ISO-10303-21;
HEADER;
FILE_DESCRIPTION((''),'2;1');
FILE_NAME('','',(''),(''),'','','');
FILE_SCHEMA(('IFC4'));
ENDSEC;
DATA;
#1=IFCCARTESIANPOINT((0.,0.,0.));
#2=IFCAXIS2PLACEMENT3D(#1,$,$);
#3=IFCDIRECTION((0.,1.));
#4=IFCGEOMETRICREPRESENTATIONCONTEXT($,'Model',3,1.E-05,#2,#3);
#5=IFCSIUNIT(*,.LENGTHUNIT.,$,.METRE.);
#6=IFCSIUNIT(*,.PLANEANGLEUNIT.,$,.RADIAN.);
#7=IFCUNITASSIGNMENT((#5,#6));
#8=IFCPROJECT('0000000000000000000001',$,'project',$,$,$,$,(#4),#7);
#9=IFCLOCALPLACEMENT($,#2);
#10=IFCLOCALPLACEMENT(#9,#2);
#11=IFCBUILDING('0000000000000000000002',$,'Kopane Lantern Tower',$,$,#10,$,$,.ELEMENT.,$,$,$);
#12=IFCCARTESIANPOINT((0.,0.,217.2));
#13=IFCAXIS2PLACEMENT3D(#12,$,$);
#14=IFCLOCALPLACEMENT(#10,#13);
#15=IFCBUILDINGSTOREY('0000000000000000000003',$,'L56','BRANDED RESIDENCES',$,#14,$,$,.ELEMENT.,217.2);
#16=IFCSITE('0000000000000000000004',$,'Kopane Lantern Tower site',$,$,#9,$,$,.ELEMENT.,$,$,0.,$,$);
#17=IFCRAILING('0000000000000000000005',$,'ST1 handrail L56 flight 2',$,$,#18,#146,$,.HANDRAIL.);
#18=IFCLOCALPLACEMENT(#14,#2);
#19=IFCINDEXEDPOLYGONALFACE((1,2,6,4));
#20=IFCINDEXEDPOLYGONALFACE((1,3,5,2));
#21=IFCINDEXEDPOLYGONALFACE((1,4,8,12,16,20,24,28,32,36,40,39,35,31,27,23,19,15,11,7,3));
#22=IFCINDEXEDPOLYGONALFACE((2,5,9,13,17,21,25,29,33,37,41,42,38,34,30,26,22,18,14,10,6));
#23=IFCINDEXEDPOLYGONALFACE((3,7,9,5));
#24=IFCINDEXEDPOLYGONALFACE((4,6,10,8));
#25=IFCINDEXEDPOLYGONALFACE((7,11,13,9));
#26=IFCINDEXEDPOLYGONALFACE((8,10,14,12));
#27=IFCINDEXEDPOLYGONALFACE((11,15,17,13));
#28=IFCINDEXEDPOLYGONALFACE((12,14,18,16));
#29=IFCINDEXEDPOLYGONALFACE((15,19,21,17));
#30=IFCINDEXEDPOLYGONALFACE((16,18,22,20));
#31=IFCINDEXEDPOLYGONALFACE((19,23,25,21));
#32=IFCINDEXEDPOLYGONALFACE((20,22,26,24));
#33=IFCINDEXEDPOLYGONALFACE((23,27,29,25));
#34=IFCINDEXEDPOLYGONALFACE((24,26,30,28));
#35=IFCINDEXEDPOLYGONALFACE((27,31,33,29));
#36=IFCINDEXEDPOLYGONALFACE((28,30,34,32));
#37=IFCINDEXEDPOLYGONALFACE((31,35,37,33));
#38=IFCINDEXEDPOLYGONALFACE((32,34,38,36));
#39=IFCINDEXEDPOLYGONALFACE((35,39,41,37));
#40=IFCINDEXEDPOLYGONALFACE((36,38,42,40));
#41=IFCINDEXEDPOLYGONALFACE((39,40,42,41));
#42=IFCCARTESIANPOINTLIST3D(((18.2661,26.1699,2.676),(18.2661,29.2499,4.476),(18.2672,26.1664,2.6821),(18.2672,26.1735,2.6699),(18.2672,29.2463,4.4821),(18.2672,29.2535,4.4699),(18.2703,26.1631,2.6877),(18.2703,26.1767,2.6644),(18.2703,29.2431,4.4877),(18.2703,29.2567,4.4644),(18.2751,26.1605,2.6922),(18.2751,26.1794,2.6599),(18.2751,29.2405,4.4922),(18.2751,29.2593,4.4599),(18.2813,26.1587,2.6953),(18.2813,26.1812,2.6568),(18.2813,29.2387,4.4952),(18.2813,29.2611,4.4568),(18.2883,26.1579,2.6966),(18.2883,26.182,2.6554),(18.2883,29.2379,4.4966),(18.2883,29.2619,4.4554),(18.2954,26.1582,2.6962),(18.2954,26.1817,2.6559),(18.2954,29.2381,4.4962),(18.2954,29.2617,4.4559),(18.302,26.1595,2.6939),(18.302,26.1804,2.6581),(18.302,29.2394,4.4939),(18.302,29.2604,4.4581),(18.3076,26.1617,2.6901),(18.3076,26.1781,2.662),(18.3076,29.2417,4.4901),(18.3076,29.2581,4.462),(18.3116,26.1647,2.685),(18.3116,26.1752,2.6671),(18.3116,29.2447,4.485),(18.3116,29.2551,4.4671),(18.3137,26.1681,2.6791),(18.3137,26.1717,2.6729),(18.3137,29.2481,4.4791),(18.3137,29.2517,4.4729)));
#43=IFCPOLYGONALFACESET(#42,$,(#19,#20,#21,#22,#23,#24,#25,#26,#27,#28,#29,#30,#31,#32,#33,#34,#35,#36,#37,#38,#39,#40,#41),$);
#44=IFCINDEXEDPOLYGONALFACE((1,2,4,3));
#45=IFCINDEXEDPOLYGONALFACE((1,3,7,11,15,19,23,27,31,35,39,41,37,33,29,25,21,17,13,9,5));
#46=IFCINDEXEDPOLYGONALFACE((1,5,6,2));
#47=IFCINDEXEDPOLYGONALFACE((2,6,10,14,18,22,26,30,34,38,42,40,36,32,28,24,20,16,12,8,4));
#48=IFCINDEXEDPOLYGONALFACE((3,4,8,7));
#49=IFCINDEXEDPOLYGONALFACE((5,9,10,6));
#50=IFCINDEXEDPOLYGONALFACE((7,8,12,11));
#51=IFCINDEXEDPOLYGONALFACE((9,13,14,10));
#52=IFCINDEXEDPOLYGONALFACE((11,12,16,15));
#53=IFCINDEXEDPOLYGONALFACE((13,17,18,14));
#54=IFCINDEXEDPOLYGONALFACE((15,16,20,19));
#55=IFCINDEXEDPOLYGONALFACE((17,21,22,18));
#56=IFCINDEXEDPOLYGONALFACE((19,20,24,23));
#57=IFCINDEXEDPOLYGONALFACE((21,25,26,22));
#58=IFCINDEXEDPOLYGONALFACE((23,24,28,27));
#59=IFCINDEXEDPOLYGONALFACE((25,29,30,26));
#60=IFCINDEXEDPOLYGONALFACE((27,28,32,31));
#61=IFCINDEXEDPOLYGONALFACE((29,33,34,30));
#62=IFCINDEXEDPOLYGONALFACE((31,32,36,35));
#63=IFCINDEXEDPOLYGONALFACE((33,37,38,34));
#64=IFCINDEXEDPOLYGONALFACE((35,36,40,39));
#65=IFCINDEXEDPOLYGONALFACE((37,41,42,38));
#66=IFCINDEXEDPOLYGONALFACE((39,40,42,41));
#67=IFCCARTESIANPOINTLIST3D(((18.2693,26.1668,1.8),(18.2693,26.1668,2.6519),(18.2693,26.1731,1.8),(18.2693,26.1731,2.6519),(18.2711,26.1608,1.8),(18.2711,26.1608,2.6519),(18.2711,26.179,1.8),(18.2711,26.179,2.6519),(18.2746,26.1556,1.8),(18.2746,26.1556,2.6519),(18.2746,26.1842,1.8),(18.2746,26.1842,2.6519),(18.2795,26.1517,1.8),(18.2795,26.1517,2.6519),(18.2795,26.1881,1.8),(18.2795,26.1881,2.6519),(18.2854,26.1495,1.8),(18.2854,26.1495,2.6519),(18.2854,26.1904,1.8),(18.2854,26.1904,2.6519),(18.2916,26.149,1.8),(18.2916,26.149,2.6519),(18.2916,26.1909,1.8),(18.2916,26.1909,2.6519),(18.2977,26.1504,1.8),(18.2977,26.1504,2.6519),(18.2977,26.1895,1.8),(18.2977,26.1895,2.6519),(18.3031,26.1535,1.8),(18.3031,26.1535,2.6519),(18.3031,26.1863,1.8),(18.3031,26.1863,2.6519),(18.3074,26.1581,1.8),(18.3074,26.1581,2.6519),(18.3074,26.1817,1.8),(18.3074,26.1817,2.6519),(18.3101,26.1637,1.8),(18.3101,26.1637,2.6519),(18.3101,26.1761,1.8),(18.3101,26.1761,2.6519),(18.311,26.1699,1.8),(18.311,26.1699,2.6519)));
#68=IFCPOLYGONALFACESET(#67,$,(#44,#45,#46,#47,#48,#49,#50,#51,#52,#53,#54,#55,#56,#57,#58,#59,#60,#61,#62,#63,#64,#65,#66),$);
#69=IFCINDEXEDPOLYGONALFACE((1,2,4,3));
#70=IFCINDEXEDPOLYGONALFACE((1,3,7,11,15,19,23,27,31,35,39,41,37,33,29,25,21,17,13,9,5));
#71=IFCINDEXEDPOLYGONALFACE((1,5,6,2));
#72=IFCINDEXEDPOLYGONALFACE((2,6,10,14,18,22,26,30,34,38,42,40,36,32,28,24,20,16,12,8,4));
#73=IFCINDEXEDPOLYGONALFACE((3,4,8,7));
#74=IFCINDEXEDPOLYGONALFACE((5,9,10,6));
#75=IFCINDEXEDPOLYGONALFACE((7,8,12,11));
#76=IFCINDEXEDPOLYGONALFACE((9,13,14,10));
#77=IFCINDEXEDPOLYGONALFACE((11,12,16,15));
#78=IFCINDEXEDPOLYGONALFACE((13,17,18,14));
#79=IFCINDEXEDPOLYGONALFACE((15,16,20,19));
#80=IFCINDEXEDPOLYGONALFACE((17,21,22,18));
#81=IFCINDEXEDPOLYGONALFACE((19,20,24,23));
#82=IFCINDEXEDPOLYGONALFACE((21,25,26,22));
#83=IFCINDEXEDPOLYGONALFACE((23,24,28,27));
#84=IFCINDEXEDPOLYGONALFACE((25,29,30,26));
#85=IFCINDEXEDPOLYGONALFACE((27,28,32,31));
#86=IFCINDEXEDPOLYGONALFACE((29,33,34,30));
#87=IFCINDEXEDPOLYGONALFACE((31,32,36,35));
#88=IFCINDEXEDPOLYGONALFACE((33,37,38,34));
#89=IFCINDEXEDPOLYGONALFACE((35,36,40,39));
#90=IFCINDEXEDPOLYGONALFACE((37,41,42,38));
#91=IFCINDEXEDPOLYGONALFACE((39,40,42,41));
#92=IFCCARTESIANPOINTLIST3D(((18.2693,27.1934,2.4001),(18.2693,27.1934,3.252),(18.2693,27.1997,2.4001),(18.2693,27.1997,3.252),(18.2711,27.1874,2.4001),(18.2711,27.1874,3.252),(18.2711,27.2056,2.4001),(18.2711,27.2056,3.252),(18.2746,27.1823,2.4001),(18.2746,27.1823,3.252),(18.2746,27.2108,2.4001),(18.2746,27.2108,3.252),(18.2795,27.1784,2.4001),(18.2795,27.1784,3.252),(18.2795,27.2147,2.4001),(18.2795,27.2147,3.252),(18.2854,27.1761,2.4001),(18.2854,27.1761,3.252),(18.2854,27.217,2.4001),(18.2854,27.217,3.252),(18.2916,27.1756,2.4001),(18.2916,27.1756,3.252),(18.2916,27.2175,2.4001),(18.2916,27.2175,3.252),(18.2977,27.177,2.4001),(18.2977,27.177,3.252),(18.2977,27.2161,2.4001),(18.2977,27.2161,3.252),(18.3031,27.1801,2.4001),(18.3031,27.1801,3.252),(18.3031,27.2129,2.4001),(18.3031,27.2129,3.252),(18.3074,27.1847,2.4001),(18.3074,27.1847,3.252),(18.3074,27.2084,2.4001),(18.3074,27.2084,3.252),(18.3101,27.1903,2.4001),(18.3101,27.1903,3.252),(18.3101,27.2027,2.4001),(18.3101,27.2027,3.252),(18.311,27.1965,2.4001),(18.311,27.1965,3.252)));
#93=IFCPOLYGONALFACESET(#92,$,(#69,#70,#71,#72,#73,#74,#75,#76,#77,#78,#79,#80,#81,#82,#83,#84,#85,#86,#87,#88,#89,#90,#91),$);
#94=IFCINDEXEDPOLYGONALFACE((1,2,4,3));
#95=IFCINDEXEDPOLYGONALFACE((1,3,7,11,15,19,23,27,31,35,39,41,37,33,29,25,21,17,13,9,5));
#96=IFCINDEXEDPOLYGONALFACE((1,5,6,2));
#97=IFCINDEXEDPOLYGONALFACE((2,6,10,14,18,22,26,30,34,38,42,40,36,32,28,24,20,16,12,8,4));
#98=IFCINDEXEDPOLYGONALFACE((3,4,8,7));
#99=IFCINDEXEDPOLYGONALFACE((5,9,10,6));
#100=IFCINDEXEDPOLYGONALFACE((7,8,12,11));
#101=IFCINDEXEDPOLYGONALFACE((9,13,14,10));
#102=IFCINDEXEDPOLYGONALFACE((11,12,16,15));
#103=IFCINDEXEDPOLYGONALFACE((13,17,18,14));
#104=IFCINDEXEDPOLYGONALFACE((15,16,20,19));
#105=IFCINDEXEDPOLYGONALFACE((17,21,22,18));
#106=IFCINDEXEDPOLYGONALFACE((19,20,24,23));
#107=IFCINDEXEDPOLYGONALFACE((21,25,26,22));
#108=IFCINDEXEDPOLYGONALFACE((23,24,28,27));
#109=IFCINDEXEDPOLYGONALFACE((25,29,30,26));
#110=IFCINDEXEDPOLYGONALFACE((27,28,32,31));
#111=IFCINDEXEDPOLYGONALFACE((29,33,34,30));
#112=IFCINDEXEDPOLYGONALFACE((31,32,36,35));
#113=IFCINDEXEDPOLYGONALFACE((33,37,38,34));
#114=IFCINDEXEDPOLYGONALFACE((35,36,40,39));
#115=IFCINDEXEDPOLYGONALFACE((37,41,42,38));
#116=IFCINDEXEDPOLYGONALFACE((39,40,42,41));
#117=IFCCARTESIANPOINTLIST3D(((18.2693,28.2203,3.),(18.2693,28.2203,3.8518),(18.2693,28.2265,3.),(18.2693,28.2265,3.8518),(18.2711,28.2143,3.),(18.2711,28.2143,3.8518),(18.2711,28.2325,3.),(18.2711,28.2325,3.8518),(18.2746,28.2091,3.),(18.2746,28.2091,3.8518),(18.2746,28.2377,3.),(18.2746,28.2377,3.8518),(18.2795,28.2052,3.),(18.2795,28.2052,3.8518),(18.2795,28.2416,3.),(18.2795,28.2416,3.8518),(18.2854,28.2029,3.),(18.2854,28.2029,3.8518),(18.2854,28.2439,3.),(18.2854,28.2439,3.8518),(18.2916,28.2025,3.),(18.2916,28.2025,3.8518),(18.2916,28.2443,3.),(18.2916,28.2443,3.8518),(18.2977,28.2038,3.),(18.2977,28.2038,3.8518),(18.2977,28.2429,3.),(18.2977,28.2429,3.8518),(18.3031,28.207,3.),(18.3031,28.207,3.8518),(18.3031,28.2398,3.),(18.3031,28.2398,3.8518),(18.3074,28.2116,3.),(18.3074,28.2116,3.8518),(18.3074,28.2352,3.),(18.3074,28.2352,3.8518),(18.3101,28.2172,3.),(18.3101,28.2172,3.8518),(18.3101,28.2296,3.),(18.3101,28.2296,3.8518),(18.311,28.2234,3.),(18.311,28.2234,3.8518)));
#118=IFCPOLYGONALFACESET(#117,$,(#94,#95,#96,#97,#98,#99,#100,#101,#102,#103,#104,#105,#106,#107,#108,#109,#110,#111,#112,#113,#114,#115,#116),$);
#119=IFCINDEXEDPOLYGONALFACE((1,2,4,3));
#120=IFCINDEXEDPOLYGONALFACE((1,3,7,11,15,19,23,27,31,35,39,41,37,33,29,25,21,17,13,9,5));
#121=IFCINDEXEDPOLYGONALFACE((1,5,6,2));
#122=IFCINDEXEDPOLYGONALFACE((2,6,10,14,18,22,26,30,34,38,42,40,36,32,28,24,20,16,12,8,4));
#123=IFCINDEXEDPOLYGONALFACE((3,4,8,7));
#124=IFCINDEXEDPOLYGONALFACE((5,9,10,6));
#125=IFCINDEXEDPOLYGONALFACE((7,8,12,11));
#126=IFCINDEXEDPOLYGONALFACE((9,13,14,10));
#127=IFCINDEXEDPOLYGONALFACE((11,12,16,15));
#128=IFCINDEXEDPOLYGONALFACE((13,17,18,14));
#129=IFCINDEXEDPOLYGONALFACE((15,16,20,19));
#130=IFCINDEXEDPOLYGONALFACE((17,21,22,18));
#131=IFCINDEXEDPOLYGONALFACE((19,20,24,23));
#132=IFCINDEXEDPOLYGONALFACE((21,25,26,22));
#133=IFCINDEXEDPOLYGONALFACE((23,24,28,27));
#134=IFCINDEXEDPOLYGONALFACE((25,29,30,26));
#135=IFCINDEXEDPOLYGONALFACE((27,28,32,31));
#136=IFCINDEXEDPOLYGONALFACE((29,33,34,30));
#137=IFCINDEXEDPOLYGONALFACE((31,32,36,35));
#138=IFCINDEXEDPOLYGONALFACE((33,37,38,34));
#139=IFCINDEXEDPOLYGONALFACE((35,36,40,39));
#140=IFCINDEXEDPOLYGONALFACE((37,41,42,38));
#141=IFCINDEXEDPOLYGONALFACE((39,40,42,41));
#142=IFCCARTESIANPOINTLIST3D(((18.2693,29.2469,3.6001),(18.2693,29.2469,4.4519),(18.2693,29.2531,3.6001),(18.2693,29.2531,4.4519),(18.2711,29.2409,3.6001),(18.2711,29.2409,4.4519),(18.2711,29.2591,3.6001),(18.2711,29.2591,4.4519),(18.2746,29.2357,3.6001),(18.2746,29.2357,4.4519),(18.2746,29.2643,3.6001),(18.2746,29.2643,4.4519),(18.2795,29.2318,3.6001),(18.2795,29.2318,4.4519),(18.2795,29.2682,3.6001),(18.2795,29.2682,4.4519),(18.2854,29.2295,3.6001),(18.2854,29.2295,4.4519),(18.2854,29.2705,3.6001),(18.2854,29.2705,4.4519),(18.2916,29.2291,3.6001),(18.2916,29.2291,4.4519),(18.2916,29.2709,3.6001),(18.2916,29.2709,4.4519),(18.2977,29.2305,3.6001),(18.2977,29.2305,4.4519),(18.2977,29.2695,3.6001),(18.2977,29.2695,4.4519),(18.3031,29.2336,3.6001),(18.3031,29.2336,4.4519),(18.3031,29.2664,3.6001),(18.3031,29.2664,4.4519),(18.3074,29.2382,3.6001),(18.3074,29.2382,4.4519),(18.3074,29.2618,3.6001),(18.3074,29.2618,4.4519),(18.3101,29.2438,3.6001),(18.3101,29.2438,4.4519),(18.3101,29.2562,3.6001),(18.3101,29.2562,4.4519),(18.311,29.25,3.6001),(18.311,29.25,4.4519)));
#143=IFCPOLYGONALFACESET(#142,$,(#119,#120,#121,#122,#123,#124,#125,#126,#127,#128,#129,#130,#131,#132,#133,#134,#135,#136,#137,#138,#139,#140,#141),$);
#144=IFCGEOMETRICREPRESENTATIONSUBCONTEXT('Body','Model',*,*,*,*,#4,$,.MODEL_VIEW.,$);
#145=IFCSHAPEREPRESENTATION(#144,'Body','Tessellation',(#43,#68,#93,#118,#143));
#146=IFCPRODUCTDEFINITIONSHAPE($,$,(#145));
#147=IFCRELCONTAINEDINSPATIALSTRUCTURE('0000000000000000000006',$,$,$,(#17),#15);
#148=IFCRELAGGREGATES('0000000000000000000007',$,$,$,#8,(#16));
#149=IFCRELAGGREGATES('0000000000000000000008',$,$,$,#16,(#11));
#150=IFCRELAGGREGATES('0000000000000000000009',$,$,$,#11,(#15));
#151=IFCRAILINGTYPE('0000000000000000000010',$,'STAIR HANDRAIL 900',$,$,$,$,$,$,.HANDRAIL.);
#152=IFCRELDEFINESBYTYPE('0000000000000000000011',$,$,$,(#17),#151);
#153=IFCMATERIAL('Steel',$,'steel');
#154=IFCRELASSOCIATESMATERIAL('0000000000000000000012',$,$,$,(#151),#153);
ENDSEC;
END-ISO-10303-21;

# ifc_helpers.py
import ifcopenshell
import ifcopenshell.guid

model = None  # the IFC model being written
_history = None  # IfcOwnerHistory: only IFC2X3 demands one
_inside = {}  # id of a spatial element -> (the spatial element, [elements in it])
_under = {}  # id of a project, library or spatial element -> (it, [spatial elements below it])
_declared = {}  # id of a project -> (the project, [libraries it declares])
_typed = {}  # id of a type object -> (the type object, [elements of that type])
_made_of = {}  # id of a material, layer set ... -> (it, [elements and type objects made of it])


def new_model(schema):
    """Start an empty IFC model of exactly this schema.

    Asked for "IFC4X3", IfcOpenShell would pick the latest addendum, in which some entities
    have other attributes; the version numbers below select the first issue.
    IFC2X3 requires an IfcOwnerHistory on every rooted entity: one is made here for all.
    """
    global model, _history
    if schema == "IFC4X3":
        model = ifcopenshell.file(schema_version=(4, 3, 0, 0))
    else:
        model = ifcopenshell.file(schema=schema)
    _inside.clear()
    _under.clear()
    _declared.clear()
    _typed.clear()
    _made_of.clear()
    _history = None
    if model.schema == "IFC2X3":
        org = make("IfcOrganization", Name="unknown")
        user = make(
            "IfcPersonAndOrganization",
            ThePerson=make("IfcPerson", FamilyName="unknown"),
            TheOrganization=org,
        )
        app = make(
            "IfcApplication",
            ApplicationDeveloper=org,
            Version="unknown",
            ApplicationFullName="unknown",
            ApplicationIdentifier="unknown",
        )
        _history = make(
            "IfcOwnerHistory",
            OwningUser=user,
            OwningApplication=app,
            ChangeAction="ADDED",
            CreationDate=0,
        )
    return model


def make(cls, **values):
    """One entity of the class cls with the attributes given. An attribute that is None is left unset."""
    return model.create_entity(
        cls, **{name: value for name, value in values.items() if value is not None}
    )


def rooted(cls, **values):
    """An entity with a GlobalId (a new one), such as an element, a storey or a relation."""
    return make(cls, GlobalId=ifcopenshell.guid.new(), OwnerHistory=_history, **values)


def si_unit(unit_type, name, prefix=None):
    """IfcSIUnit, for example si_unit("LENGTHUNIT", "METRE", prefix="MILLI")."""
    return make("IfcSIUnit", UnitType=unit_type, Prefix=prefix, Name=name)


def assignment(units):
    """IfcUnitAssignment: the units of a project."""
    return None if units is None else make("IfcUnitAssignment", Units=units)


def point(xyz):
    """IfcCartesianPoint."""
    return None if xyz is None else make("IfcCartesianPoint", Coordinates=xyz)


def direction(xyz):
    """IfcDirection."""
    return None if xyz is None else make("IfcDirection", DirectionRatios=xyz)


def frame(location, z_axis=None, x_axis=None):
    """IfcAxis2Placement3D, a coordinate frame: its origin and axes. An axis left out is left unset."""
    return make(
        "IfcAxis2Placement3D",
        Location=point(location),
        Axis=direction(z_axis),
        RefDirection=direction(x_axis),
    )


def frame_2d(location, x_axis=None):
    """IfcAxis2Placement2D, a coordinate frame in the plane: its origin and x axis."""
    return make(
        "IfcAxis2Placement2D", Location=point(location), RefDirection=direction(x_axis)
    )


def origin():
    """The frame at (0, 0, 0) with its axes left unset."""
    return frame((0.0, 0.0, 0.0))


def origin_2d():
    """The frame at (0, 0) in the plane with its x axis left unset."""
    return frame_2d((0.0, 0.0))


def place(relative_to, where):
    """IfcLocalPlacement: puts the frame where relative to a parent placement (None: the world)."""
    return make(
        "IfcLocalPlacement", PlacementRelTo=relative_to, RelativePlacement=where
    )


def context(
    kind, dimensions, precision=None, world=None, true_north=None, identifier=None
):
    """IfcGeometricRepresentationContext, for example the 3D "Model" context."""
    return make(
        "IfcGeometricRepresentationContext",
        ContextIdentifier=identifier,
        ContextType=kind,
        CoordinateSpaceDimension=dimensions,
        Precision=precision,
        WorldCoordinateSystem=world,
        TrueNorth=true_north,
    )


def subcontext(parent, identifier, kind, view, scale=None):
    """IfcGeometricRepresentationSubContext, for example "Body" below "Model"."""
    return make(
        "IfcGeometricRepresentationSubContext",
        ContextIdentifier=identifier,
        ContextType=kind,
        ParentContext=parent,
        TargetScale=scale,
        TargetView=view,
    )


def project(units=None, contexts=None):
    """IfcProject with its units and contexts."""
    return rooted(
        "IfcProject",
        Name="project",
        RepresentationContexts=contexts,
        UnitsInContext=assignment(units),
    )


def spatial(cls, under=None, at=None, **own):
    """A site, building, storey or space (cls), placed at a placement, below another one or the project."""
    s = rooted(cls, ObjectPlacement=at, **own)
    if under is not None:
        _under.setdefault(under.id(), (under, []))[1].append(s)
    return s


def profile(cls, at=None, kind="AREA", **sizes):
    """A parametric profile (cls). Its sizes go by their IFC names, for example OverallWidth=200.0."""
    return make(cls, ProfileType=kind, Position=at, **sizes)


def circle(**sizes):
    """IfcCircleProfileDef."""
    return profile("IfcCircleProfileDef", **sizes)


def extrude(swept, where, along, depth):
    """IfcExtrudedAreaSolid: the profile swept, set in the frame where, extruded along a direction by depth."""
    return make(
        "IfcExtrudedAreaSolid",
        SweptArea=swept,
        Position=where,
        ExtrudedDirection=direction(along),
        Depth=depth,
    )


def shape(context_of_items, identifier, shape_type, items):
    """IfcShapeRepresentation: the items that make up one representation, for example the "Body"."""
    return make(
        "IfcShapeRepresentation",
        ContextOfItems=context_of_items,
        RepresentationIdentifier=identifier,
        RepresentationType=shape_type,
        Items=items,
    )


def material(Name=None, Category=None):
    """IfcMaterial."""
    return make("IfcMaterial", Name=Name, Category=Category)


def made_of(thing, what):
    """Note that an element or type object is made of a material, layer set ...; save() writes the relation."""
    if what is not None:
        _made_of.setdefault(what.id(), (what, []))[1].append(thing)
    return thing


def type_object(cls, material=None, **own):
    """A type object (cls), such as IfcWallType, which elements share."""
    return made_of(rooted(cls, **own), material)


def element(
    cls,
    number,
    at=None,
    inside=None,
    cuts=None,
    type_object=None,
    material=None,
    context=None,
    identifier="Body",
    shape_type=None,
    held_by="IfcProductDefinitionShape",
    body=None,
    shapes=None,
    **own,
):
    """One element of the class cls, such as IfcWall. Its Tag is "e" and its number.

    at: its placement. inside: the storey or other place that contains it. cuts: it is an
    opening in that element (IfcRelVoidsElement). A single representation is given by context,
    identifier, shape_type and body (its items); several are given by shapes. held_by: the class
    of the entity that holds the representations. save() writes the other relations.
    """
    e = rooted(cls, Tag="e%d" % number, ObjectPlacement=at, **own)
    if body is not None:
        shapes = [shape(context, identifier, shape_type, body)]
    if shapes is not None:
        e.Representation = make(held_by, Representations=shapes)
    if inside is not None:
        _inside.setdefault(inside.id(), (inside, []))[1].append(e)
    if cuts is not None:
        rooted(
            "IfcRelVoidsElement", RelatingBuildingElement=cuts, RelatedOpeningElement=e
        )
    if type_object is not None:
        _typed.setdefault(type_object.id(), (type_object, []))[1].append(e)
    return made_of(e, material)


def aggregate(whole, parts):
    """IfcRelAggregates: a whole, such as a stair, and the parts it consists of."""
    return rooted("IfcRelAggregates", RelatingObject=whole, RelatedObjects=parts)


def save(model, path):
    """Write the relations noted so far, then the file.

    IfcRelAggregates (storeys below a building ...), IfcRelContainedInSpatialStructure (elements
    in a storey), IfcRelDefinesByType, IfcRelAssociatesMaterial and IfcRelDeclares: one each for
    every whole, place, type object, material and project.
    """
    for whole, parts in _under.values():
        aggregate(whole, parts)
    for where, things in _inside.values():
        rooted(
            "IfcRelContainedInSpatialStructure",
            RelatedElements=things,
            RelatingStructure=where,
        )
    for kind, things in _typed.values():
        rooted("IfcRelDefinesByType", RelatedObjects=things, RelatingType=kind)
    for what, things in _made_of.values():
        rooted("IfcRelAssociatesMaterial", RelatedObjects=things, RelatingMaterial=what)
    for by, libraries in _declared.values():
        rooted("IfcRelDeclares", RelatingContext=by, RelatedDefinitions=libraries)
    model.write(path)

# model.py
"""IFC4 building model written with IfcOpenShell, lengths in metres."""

from ifc_helpers import new_model, si_unit, direction, frame, origin, origin_2d, place, context, subcontext, project, spatial, circle, extrude, material, type_object, element, save


model = new_model("IFC4")

# Units and contexts
model_context = context("Model", 3, precision=1e-05, world=origin(), true_north=direction((0.0, 1.0)))
body_context = subcontext(model_context, "Body", "Model", "MODEL_VIEW")
ifc_project = project(units=[si_unit("LENGTHUNIT", "METRE"), si_unit("PLANEANGLEUNIT", "RADIAN")], contexts=[model_context])

# Site, building, storey
site_placement = place(None, origin())
site = spatial("IfcSite", under=ifc_project, at=site_placement, Name="Kopane Lantern Tower site", CompositionType="ELEMENT", RefElevation=0.0)
building_placement = place(site_placement, origin())
building = spatial("IfcBuilding", under=site, at=building_placement, Name="Kopane Lantern Tower", CompositionType="ELEMENT")
storey_placement = place(building_placement, frame((0.0, 0.0, 217.2)))
storey = spatial("IfcBuildingStorey", under=building, at=storey_placement, Name="L56", Description="BRANDED RESIDENCES", CompositionType="ELEMENT", Elevation=217.2)

# Railing
ifc_material_1 = material(Name="Steel", Category="steel")
railing_type_1 = type_object("IfcRailingType", Name="STAIR HANDRAIL 900", PredefinedType="HANDRAIL", material=ifc_material_1)
for number, where, name in (
    (1, (18.29, 26.1699, 1.8), "ST1 handrail L56 flight 2"),
):
    element("IfcRailing", number, at=place(storey_placement, frame(where)), inside=storey, type_object=railing_type_1, Name=name, PredefinedType="HANDRAIL", context=body_context, shape_type="SweptSolid", body=[
        extrude(circle(Radius=0.0239, at=origin_2d()), frame((0.0, 0.0, 0.876), z_axis=(0.0, 0.863372, 0.504569), x_axis=(-1.0, 0.0, 0.0)), (0.0, 0.0, 1.0), 3.5674),
        extrude(circle(Radius=0.021, at=origin_2d()), origin(), (0.0, 0.0, 1.0), 0.8518),
        extrude(circle(Radius=0.021, at=origin_2d()), frame((0.0, 1.0266, 0.6001)), (0.0, 0.0, 1.0), 0.8518),
        extrude(circle(Radius=0.021, at=origin_2d()), frame((0.0, 2.0535, 1.2)), (0.0, 0.0, 1.0), 0.8518),
        extrude(circle(Radius=0.021, at=origin_2d()), frame((0.0, 3.0801, 1.8)), (0.0, 0.0, 1.0), 0.8518),
    ])

save(model, "model.ifc")
